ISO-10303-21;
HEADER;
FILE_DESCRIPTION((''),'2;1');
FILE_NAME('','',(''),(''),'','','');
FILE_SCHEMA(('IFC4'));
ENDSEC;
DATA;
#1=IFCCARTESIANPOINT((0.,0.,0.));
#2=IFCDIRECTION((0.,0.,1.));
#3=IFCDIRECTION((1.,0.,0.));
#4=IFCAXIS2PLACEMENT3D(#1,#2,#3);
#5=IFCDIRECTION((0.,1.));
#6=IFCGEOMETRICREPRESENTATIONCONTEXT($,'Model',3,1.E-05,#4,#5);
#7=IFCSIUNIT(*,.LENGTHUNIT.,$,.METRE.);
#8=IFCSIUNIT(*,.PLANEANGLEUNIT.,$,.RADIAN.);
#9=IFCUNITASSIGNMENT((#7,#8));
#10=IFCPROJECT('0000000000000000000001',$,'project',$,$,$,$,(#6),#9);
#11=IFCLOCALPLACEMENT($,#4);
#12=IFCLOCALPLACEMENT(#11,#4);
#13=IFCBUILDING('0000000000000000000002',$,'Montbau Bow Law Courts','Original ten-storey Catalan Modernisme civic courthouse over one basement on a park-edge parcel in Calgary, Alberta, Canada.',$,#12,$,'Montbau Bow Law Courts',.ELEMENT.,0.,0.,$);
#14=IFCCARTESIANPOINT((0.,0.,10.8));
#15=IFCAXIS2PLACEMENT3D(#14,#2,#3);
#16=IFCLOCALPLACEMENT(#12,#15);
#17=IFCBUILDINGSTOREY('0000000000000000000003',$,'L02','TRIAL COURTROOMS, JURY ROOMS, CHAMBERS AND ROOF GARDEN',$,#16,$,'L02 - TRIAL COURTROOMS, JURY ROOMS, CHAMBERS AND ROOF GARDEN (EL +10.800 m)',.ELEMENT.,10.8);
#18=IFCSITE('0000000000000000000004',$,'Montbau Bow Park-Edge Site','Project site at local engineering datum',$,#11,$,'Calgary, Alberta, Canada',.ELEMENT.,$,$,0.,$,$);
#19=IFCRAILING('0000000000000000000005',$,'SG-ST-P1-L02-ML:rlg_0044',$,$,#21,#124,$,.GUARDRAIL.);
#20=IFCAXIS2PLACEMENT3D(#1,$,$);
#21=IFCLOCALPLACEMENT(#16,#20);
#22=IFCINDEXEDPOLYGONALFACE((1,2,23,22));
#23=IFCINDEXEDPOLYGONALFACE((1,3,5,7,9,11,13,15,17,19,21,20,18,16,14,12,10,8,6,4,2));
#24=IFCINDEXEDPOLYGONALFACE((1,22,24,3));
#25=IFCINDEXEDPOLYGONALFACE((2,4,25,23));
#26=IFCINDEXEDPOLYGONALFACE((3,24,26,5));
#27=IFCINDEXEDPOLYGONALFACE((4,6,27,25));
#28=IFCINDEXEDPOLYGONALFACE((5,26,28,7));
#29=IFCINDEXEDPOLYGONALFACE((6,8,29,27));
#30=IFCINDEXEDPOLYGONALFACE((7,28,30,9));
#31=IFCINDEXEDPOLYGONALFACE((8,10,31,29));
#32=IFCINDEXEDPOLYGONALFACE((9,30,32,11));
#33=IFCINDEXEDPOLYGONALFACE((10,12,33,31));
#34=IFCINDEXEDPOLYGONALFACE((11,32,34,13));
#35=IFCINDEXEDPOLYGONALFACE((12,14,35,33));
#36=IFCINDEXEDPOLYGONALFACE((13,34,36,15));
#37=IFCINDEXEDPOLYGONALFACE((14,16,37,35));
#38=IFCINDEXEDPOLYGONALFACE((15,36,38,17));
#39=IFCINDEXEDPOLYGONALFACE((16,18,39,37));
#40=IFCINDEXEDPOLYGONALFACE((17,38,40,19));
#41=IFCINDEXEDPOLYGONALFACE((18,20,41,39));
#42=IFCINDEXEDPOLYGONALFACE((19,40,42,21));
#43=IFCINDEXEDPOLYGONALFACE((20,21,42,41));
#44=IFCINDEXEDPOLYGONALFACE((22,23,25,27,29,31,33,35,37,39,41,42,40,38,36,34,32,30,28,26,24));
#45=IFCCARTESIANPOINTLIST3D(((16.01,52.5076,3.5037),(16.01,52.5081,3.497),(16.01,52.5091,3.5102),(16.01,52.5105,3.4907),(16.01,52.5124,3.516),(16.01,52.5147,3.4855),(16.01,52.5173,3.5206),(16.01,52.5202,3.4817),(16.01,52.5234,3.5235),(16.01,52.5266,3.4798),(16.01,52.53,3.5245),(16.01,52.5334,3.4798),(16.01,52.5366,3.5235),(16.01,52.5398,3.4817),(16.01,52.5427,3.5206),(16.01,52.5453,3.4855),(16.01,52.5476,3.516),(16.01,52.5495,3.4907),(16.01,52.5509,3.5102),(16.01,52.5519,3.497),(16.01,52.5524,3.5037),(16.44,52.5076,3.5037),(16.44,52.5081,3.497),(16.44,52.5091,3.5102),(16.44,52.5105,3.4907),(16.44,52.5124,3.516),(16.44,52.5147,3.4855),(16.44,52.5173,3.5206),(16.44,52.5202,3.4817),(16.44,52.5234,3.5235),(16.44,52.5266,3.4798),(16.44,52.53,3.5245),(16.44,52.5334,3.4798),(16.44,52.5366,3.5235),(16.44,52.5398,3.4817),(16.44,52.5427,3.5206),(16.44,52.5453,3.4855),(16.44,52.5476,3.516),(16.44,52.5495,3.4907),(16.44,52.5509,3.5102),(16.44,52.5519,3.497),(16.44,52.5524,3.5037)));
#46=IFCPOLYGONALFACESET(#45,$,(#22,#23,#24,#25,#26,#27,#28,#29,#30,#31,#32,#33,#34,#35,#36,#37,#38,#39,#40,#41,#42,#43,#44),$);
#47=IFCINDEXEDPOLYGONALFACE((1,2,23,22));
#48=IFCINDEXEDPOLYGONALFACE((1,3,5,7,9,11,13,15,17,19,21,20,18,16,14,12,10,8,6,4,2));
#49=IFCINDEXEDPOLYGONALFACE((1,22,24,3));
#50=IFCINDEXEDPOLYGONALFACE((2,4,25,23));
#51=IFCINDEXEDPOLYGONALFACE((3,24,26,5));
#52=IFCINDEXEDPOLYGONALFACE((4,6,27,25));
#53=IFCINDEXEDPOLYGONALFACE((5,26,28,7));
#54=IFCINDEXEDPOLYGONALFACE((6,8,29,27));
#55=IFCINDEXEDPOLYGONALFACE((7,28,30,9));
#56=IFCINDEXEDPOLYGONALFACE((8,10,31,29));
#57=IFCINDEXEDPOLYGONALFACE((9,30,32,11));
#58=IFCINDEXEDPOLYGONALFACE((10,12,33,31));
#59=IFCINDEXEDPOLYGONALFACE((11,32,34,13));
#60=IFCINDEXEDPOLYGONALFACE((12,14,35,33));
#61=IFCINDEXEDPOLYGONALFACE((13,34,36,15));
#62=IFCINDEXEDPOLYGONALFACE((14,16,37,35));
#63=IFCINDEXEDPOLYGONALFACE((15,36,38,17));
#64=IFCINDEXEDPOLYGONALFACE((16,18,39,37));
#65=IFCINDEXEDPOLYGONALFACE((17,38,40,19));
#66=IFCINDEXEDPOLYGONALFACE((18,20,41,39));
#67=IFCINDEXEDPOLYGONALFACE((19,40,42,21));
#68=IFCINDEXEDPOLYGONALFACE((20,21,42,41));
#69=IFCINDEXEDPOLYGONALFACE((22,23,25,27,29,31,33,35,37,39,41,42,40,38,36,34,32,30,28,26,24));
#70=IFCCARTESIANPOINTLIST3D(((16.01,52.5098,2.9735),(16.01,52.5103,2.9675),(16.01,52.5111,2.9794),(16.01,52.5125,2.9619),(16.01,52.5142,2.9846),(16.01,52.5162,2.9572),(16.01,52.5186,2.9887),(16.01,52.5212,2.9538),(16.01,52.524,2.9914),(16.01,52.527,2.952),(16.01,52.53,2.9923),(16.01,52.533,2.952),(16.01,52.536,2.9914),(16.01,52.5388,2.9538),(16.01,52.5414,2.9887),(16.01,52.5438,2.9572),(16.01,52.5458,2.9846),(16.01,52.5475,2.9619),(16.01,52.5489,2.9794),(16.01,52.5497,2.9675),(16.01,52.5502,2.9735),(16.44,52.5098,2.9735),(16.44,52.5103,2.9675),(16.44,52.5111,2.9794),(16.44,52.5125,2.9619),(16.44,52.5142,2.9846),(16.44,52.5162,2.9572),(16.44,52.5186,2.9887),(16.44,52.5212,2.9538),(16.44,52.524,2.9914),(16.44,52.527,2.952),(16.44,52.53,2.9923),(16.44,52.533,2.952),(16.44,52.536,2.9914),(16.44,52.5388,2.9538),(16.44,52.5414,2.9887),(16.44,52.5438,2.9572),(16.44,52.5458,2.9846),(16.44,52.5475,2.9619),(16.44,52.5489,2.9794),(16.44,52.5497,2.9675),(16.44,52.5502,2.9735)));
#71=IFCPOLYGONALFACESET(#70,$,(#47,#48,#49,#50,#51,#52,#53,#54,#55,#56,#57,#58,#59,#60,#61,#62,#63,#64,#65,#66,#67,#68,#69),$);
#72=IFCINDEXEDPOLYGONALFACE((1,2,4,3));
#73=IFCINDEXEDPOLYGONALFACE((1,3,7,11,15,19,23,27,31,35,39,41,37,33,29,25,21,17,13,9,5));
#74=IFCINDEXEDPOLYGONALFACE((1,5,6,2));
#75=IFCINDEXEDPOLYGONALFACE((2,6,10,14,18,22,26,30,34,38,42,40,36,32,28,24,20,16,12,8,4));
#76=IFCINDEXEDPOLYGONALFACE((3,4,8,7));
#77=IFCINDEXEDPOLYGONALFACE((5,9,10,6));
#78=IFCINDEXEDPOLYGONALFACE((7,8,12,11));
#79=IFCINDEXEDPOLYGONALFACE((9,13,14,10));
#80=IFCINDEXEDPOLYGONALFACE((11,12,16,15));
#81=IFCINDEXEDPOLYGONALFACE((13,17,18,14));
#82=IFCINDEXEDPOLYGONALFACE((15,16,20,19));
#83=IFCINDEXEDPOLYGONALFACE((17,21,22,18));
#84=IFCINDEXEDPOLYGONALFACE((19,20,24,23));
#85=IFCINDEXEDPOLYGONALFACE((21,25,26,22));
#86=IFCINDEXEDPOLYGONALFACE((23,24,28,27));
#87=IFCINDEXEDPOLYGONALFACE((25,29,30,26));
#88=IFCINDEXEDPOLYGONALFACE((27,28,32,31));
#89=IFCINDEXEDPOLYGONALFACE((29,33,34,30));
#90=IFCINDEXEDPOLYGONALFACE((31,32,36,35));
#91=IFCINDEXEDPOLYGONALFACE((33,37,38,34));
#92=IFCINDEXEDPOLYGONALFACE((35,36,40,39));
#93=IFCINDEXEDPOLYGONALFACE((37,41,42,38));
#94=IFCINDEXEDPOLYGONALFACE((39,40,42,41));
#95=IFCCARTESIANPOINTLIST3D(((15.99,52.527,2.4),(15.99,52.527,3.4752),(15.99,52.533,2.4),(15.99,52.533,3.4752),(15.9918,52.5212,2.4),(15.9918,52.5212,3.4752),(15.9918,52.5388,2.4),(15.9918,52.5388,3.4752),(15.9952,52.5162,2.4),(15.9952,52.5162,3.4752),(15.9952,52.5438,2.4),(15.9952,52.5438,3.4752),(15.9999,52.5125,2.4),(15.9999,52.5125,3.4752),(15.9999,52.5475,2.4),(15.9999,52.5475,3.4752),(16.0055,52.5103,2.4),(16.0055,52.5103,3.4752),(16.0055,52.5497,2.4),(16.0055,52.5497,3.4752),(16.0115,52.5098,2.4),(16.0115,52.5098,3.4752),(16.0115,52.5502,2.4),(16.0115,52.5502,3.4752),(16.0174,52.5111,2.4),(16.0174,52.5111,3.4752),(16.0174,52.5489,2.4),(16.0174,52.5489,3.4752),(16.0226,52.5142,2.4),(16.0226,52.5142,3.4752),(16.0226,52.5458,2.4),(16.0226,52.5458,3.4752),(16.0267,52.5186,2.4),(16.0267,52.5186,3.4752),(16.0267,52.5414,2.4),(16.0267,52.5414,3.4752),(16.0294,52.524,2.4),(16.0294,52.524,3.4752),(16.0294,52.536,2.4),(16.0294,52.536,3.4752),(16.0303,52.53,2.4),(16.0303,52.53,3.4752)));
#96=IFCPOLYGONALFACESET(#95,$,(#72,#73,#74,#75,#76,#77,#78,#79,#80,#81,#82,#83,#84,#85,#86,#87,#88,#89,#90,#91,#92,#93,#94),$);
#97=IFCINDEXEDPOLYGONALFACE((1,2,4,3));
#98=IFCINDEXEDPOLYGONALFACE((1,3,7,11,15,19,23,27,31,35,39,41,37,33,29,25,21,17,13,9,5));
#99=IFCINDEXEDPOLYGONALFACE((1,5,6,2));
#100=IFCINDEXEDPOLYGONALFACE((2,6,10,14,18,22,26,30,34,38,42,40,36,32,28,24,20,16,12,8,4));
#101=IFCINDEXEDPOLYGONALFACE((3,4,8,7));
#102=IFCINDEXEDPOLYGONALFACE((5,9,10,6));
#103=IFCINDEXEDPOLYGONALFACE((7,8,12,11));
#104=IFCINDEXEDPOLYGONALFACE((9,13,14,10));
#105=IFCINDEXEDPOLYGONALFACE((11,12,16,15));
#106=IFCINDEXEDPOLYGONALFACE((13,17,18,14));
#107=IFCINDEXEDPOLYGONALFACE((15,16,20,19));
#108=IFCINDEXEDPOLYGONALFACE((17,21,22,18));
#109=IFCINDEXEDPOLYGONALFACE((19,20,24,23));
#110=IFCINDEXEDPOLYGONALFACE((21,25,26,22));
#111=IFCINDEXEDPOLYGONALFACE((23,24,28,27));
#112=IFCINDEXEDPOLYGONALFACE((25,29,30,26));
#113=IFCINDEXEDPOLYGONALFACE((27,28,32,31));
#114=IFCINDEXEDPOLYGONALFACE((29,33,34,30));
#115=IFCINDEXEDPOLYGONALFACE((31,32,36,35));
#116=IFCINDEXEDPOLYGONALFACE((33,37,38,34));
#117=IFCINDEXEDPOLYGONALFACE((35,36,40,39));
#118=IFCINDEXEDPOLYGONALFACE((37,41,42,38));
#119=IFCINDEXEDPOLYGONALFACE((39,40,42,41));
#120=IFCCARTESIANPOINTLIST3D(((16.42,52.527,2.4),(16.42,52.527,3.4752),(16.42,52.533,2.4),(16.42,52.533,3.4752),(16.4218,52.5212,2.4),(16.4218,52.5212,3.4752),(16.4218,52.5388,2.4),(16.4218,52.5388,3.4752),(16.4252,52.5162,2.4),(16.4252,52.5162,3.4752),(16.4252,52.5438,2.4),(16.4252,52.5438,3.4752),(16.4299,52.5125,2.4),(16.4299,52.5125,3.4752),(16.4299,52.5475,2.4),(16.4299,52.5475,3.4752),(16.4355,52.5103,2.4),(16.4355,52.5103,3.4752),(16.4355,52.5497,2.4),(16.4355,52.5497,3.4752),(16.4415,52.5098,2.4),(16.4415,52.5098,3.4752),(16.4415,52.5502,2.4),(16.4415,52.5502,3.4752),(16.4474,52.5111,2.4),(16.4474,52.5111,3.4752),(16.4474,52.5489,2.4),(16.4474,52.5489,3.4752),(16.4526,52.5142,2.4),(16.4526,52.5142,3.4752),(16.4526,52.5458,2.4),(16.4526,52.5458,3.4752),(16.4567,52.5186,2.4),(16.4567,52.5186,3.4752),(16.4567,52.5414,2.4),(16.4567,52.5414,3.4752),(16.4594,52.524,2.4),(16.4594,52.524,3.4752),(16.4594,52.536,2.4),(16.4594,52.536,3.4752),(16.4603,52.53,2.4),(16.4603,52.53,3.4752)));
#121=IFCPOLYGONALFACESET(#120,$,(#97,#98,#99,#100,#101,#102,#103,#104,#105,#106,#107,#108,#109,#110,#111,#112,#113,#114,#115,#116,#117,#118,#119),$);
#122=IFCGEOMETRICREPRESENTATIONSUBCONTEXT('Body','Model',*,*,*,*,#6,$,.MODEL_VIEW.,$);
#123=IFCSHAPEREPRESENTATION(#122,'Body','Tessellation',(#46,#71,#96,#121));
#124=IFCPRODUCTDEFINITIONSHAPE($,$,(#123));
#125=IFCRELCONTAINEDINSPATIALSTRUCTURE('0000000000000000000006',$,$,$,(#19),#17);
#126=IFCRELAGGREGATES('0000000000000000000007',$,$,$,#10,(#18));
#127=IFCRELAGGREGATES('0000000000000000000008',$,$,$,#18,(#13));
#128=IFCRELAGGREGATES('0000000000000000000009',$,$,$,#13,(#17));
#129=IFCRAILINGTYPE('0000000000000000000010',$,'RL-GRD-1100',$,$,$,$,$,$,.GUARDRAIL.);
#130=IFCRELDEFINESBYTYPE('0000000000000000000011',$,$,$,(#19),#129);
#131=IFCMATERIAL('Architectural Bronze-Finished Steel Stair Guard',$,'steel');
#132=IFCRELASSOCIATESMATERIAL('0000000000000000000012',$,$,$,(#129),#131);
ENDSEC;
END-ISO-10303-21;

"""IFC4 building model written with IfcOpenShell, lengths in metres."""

from ifc_helpers import new_model, si_unit, direction, frame, origin_with_axes, origin_2d_with_axis, place, context, subcontext, project, spatial, circle, extrude, material, type_object, element, save


model = new_model("IFC4")

# Units and contexts
model_context = context("Model", 3, precision=1e-05, world=origin_with_axes(), true_north=direction((0.0, 1.0)))
body_context = subcontext(model_context, "Body", "Model", "MODEL_VIEW")
ifc_project = project(units=[si_unit("LENGTHUNIT", "METRE"), si_unit("PLANEANGLEUNIT", "RADIAN")], contexts=[model_context])

# Site, building, storey
site_placement = place(None, origin_with_axes())
site = spatial("IfcSite", under=ifc_project, at=site_placement, Name="Montbau Bow Park-Edge Site", Description="Project site at local engineering datum", LongName="Calgary, Alberta, Canada", CompositionType="ELEMENT", RefElevation=0.0)
building_placement = place(site_placement, origin_with_axes())
building = spatial("IfcBuilding", under=site, at=building_placement, Name="Montbau Bow Law Courts", Description="Original ten-storey Catalan Modernisme civic courthouse over one basement on a park-edge parcel in Calgary, Alberta, Canada.", LongName="Montbau Bow Law Courts", CompositionType="ELEMENT", ElevationOfRefHeight=0.0, ElevationOfTerrain=0.0)
storey_placement = place(building_placement, frame((0.0, 0.0, 10.8), z_axis=(0.0, 0.0, 1.0), x_axis=(1.0, 0.0, 0.0)))
storey = spatial("IfcBuildingStorey", under=building, at=storey_placement, Name="L02", Description="TRIAL COURTROOMS, JURY ROOMS, CHAMBERS AND ROOF GARDEN", LongName="L02 - TRIAL COURTROOMS, JURY ROOMS, CHAMBERS AND ROOF GARDEN (EL +10.800 m)", CompositionType="ELEMENT", Elevation=10.8)

# Railing
ifc_material_1 = material(Name="Architectural Bronze-Finished Steel Stair Guard", Category="steel")
railing_type_1 = type_object("IfcRailingType", Name="RL-GRD-1100", PredefinedType="GUARDRAIL", material=ifc_material_1)
railing_1_placement = place(None, origin_with_axes())
element("IfcRailing", 1, at=railing_1_placement, inside=storey, type_object=railing_type_1, Name="SG-ST-P1-L02-ML:rlg_0044", PredefinedType="GUARDRAIL", context=body_context, shape_type="SweptSolid", body=[
    extrude(circle(Radius=0.0225, at=origin_2d_with_axis()), frame((16.01, 52.53, 14.302), z_axis=(1.0, 0.0, 0.0), x_axis=(0.0, 0.0, 1.0)), (0.0, 0.0, 1.0), 0.43),
    extrude(circle(Radius=0.0203, at=origin_2d_with_axis()), frame((16.01, 52.53, 13.772), z_axis=(1.0, 0.0, 0.0), x_axis=(0.0, 0.0, 1.0)), (0.0, 0.0, 1.0), 0.43),
    extrude(circle(Radius=0.0203, at=origin_2d_with_axis()), frame((16.01, 52.53, 13.2), z_axis=(0.0, 0.0, 1.0), x_axis=(1.0, 0.0, 0.0)), (0.0, 0.0, 1.0), 1.0753),
    extrude(circle(Radius=0.0203, at=origin_2d_with_axis()), frame((16.44, 52.53, 13.2), z_axis=(0.0, 0.0, 1.0), x_axis=(1.0, 0.0, 0.0)), (0.0, 0.0, 1.0), 1.0753),
])

save(model, "model.ifc")
